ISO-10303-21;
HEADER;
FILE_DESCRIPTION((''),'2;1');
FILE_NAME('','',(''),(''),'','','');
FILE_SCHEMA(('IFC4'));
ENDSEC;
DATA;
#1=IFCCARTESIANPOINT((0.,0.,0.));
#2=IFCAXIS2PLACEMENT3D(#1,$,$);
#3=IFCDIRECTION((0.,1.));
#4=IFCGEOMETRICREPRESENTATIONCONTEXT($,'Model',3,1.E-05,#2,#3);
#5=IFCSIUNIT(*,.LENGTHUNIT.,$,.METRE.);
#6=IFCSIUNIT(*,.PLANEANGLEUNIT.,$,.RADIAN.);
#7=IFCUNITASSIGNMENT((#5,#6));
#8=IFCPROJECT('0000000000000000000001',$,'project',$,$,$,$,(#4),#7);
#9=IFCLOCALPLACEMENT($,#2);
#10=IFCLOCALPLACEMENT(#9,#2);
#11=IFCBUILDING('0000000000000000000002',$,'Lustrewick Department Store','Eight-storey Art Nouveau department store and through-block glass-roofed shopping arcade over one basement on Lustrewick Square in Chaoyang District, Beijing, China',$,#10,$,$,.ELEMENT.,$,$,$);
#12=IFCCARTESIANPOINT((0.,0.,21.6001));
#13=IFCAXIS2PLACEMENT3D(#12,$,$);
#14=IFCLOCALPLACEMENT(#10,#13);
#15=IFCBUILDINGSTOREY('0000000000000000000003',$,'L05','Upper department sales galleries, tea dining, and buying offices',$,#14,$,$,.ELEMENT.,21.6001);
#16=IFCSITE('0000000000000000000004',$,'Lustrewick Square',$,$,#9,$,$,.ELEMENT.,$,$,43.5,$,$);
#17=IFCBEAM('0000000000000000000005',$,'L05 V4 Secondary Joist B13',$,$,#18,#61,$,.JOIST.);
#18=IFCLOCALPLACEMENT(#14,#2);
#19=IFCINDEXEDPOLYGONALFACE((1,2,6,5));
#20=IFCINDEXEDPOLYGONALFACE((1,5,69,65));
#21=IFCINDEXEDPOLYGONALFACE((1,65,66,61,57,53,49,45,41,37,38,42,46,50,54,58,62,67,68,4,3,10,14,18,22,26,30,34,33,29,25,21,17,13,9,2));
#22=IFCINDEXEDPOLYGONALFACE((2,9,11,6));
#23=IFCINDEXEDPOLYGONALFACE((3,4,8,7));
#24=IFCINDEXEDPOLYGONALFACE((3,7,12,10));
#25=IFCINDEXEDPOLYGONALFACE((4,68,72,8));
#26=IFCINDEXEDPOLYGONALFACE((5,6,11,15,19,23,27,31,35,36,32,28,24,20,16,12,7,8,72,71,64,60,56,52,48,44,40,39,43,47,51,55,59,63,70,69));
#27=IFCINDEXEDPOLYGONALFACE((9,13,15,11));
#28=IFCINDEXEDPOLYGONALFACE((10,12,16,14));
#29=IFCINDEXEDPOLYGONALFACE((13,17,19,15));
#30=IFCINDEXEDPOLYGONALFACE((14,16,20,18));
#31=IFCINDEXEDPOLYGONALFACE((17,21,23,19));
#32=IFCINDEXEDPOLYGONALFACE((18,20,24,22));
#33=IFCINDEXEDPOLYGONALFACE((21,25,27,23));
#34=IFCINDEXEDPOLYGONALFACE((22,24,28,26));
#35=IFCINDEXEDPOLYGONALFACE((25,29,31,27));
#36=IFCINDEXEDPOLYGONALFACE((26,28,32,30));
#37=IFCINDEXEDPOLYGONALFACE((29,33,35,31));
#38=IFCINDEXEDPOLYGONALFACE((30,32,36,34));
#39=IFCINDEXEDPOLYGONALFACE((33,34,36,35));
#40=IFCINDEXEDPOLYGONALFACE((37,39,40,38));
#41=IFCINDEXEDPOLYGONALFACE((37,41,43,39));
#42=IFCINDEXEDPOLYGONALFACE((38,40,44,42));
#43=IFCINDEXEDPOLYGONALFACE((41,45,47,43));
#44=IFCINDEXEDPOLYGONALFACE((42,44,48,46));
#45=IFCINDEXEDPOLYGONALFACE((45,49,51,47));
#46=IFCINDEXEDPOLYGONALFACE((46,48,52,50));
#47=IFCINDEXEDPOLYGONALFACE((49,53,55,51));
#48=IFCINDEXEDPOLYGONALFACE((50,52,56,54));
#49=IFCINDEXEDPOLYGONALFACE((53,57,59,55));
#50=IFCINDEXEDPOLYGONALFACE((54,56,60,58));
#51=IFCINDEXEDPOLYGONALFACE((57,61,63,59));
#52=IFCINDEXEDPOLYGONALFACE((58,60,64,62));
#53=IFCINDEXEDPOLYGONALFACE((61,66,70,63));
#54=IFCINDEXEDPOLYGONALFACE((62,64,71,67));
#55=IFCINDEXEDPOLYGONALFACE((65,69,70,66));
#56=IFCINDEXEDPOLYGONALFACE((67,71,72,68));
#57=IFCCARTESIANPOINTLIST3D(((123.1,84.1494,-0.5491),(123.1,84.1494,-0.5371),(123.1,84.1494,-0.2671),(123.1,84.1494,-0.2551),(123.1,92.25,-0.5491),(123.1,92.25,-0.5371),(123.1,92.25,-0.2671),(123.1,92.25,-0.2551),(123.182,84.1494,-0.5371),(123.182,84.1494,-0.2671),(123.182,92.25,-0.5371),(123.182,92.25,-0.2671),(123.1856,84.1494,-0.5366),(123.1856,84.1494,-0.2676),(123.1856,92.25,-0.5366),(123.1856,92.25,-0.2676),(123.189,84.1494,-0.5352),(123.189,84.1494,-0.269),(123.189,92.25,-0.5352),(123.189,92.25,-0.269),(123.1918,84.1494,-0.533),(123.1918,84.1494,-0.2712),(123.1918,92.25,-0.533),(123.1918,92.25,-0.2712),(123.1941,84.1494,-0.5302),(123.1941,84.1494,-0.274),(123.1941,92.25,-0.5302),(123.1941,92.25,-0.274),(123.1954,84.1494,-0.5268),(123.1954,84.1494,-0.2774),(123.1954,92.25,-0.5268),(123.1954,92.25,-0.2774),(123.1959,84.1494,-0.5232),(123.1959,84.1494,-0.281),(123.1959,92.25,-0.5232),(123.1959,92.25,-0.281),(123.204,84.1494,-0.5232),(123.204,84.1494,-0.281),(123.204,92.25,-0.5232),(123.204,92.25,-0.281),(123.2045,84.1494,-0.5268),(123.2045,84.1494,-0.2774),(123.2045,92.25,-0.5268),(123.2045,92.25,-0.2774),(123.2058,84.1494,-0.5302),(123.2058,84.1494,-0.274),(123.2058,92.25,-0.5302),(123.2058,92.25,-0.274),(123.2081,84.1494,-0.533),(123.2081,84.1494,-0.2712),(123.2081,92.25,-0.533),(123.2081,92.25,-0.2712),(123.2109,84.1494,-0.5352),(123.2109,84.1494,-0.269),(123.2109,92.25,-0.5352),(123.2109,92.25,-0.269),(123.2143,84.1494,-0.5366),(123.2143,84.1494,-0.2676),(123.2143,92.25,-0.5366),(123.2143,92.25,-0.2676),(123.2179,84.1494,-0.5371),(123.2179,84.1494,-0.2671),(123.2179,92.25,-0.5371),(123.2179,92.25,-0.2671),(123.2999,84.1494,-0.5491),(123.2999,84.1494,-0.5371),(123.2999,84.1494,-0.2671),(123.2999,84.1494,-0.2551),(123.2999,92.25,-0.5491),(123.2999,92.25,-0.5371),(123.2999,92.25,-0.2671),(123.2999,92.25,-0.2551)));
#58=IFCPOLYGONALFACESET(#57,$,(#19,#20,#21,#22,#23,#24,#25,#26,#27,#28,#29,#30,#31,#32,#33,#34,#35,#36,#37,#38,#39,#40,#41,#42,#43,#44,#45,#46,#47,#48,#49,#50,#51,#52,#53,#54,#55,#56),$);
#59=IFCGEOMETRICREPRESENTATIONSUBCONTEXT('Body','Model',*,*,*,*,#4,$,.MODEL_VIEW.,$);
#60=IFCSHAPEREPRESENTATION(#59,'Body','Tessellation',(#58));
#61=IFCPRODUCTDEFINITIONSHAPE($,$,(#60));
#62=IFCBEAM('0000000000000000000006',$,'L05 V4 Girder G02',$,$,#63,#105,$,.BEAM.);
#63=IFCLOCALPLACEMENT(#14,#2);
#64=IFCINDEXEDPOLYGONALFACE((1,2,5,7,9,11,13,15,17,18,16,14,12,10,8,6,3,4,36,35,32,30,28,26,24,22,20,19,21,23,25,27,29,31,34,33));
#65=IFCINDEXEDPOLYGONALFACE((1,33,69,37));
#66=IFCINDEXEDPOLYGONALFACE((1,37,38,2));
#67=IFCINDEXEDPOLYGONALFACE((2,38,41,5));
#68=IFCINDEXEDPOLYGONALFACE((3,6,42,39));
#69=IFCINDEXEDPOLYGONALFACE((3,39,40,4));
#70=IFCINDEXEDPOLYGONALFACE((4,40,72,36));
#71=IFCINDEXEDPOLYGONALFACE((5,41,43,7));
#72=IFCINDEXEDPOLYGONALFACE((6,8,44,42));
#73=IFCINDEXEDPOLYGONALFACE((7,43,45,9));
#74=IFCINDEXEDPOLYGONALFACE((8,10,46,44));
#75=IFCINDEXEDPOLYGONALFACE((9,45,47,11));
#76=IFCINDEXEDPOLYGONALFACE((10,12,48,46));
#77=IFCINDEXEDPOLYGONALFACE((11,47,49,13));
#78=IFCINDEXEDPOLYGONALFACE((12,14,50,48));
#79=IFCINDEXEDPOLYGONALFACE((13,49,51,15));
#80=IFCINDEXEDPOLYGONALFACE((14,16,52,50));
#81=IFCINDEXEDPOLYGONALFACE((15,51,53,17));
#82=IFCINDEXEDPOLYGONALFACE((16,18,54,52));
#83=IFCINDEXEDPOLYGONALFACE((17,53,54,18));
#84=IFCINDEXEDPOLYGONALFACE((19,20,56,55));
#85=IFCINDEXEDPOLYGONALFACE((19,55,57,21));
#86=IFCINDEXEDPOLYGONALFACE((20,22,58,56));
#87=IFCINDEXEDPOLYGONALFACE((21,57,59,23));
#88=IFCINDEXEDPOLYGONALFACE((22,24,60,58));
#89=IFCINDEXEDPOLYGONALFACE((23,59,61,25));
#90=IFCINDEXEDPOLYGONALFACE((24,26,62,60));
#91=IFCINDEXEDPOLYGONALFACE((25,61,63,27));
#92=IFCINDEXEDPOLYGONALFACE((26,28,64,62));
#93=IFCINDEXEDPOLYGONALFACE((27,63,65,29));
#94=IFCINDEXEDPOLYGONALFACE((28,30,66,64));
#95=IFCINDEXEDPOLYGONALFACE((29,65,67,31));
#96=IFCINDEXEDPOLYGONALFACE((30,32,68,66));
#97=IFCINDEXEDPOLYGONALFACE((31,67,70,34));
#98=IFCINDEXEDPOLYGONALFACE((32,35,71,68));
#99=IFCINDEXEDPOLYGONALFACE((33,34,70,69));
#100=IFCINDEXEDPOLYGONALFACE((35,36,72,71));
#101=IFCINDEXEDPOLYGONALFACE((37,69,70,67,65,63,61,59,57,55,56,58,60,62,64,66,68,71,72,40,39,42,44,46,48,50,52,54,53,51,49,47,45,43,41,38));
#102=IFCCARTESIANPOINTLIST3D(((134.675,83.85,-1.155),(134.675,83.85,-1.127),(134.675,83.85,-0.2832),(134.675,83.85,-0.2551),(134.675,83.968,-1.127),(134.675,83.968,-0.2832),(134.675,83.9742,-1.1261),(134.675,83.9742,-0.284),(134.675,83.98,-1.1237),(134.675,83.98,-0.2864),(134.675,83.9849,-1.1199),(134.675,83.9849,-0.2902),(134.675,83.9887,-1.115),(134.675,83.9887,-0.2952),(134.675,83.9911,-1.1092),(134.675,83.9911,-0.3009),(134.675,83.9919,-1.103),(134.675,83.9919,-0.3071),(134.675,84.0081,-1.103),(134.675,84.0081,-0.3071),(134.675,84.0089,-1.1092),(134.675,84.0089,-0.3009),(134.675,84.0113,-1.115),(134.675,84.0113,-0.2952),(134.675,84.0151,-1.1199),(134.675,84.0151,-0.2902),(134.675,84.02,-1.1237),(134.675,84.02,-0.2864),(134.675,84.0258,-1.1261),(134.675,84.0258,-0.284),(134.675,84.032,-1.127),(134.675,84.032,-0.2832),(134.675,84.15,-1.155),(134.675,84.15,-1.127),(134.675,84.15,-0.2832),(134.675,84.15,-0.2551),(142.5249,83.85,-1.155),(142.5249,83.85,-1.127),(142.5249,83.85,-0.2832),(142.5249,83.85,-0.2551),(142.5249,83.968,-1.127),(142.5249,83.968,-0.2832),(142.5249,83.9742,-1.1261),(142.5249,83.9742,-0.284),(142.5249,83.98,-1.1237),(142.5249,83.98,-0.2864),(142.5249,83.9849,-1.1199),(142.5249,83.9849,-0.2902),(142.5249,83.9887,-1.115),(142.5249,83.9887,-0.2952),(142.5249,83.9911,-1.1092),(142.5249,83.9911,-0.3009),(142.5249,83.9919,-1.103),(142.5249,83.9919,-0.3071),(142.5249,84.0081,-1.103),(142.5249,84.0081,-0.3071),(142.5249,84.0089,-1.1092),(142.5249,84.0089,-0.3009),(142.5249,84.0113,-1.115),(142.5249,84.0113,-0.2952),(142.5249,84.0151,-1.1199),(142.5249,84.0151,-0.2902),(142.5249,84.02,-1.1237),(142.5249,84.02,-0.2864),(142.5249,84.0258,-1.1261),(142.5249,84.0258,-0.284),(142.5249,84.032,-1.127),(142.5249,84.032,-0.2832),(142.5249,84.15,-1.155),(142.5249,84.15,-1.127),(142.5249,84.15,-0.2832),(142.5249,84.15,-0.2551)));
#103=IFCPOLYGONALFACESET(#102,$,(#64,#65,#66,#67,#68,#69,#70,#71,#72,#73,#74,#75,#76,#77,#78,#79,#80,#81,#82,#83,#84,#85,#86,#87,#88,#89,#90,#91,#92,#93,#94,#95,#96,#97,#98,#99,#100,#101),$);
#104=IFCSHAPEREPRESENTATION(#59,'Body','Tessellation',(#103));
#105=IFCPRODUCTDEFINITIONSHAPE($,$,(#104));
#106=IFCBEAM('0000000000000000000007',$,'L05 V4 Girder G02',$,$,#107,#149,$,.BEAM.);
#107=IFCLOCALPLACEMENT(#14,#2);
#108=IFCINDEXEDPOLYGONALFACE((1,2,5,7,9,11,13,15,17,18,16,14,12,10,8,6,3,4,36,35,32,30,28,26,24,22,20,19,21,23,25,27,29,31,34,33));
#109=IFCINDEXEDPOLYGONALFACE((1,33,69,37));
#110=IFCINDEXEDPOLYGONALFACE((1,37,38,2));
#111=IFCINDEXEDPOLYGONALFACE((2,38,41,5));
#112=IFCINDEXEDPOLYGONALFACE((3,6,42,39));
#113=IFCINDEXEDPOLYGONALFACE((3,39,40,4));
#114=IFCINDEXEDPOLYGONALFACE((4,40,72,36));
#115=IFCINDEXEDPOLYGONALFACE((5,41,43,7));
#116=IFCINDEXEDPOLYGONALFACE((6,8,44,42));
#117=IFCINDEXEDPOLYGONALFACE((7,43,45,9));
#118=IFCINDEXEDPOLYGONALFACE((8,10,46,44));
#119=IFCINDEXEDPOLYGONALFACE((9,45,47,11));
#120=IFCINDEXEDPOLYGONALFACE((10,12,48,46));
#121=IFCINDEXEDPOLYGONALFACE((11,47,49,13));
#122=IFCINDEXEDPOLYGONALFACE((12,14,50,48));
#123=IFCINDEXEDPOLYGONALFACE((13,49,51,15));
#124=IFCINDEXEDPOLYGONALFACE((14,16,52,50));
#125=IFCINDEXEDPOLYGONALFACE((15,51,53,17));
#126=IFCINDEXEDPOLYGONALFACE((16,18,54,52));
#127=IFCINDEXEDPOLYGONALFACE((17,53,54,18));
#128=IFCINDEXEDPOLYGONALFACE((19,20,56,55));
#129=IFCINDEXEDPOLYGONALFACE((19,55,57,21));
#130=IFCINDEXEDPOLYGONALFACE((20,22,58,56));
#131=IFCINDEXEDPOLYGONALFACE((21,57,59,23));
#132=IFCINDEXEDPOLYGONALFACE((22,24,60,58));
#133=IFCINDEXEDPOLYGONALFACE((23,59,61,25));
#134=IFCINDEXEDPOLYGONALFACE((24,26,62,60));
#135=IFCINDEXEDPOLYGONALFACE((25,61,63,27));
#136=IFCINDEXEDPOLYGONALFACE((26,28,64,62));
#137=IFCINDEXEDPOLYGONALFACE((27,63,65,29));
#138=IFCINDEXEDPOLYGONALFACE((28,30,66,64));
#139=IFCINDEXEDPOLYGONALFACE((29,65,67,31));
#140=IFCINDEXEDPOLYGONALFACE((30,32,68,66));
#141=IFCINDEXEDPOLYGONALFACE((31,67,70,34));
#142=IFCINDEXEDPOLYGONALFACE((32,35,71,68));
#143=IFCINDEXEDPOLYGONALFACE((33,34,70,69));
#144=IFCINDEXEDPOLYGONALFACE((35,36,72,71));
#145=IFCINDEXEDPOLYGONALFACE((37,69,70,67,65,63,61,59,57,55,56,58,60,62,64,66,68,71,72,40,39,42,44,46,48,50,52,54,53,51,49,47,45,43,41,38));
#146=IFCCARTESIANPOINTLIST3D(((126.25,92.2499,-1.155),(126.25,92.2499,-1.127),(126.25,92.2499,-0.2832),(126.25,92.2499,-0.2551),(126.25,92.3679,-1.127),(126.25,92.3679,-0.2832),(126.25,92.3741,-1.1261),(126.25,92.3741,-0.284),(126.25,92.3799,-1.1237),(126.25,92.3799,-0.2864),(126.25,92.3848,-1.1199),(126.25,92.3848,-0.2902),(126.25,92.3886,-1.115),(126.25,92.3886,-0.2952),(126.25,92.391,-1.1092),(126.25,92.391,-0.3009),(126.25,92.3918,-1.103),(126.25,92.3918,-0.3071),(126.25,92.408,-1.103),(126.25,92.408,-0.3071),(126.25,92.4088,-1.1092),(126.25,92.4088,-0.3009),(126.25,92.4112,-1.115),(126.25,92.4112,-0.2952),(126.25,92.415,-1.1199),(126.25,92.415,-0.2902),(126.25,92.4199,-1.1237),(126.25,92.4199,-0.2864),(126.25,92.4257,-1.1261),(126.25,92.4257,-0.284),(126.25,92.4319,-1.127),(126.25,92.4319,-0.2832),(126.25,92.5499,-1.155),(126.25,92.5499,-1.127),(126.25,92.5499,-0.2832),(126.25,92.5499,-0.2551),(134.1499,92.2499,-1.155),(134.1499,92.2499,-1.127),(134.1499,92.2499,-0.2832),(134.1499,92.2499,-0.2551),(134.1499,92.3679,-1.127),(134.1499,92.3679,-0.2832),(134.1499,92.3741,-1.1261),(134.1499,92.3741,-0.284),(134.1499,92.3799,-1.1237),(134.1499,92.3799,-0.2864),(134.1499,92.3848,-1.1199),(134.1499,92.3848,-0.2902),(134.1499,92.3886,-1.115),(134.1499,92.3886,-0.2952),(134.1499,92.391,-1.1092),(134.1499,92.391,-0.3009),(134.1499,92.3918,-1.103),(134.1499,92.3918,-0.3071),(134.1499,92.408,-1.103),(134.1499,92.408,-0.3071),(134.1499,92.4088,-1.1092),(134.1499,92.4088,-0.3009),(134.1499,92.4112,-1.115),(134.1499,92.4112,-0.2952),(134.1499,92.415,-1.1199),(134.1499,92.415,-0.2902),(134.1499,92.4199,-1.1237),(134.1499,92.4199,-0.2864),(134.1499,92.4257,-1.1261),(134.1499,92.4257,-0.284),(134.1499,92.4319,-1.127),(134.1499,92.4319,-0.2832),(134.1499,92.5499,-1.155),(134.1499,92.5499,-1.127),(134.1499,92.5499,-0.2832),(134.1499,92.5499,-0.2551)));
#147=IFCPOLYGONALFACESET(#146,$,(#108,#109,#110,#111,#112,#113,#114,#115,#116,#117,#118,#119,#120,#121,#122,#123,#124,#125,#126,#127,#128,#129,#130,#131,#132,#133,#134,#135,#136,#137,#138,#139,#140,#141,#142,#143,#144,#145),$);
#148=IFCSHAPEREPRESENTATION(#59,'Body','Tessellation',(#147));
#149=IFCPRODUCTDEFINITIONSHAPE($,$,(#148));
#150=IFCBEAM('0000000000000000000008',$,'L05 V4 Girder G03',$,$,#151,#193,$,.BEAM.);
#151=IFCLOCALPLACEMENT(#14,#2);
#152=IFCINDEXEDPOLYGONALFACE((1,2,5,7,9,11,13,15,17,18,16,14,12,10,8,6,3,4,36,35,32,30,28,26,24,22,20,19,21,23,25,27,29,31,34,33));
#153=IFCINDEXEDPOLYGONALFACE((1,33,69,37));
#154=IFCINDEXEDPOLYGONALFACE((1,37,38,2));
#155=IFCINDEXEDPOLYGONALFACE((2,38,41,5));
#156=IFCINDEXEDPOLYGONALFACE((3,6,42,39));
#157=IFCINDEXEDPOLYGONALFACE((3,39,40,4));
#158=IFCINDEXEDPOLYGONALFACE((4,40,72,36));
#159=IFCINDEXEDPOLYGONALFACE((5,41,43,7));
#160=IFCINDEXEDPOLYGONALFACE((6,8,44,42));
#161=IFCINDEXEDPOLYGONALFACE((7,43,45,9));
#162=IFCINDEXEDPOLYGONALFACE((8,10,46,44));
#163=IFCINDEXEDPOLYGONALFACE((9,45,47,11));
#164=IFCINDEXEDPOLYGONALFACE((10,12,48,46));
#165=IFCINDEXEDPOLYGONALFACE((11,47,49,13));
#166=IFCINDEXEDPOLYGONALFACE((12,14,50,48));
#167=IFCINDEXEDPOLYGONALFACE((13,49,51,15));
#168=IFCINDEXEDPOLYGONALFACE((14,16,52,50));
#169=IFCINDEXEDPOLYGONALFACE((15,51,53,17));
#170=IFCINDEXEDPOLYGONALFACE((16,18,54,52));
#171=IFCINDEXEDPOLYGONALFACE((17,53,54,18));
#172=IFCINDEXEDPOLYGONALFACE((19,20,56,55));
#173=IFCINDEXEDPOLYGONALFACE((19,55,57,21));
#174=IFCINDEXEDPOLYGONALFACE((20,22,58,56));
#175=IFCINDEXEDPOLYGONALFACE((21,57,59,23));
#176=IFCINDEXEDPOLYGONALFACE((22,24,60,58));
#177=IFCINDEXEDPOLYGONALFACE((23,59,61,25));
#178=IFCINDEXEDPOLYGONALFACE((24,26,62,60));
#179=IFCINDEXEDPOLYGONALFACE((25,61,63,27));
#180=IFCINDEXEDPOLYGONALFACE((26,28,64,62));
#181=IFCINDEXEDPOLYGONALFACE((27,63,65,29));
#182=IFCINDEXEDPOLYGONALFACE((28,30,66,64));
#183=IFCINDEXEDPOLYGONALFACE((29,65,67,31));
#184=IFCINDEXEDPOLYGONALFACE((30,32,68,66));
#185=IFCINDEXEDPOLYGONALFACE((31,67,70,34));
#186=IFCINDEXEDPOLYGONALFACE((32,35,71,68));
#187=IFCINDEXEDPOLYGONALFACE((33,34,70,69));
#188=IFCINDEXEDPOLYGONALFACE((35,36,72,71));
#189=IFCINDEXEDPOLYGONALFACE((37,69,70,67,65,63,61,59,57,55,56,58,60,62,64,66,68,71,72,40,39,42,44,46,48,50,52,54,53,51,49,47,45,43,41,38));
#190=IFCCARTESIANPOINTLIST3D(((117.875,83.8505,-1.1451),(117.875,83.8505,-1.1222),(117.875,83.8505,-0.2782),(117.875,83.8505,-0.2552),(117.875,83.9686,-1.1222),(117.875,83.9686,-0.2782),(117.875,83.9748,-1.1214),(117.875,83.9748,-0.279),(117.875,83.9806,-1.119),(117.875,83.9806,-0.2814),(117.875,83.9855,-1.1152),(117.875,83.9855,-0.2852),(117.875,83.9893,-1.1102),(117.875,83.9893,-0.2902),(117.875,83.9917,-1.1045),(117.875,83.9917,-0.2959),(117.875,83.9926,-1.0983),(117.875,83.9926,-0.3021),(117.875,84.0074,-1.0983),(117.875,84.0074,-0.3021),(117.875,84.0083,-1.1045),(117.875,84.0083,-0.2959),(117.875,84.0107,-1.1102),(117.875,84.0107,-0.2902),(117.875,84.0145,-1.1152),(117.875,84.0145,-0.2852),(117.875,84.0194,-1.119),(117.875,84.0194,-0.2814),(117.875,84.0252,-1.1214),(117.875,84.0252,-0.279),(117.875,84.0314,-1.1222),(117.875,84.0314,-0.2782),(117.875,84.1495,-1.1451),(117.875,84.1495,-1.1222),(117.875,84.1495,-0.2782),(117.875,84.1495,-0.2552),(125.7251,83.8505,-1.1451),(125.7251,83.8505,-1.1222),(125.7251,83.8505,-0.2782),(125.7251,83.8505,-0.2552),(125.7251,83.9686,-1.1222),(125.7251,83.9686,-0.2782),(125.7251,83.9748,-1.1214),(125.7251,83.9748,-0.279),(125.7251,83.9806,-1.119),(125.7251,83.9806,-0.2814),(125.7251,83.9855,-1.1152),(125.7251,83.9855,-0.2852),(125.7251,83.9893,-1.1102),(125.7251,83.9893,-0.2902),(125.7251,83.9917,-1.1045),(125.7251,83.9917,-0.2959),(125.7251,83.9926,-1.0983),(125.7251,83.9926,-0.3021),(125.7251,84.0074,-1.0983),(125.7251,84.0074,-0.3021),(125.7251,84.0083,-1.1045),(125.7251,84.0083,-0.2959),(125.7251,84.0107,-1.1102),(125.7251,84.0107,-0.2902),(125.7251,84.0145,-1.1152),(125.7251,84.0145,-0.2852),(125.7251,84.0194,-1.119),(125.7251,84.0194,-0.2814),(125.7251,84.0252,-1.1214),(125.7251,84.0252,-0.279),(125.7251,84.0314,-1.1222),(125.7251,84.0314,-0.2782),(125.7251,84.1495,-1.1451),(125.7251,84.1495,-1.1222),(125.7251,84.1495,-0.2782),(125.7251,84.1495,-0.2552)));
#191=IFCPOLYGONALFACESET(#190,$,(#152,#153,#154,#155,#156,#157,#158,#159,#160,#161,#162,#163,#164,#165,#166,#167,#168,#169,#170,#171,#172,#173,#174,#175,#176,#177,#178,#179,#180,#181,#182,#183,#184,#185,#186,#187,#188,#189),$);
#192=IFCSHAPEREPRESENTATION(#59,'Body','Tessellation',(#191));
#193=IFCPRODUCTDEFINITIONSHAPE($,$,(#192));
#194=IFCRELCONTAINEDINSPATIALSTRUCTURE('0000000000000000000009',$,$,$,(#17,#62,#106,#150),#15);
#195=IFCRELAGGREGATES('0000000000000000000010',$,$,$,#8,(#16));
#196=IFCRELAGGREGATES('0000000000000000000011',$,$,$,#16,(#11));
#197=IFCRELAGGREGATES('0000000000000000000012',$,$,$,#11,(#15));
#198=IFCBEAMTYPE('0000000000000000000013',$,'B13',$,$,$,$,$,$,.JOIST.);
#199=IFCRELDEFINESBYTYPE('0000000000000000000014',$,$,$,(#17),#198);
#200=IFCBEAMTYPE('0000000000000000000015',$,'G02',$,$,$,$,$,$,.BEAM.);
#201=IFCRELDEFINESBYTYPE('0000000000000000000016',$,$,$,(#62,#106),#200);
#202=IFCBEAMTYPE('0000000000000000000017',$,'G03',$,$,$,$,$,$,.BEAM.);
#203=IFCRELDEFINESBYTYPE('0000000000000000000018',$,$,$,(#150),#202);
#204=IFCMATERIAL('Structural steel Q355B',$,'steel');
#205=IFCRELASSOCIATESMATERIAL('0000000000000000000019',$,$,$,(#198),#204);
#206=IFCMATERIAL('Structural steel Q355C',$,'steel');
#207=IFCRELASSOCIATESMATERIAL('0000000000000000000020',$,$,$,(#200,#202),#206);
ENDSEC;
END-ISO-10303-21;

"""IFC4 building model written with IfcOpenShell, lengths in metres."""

from ifc_helpers import new_model, si_unit, direction, frame, origin, origin_2d, place, context, subcontext, project, spatial, i_section, extrude, material, material_profile, profile_set, type_object, element, save


model = new_model("IFC4")

# Units and contexts
model_context = context("Model", 3, precision=1e-05, world=origin(), true_north=direction((0.0, 1.0)))
body_context = subcontext(model_context, "Body", "Model", "MODEL_VIEW")
ifc_project = project(units=[si_unit("LENGTHUNIT", "METRE"), si_unit("PLANEANGLEUNIT", "RADIAN")], contexts=[model_context])

# Site, building, storey
site_placement = place(None, origin())
site = spatial("IfcSite", under=ifc_project, at=site_placement, Name="Lustrewick Square", CompositionType="ELEMENT", RefElevation=43.5)
building_placement = place(site_placement, origin())
building = spatial("IfcBuilding", under=site, at=building_placement, Name="Lustrewick Department Store", Description="Eight-storey Art Nouveau department store and through-block glass-roofed shopping arcade over one basement on Lustrewick Square in Chaoyang District, Beijing, China", CompositionType="ELEMENT")
storey_placement = place(building_placement, frame((0.0, 0.0, 21.6001)))
storey = spatial("IfcBuildingStorey", under=building, at=storey_placement, Name="L05", Description="Upper department sales galleries, tea dining, and buying offices", CompositionType="ELEMENT", Elevation=21.6001)

# Shared definitions
ifc_material_1 = material(Name="Structural steel Q355B", Category="steel")

# Beams
ifc_material_profile_1 = material_profile(ifc_material_1, i_section(OverallWidth=0.2, OverallDepth=0.2939, WebThickness=0.0081, FlangeThickness=0.012, FilletRadius=0.0139, at=origin_2d()), Name="HM 294x200x8x12")
ifc_profile_set_1 = profile_set([ifc_material_profile_1], Name="Structural steel Q355B")
beam_type_1 = type_object("IfcBeamType", Name="B13", PredefinedType="JOIST", material=ifc_profile_set_1)
beam_1_placement = place(storey_placement, frame((123.2, 84.1494, -0.4021), z_axis=(0.0, 1.0, 0.0), x_axis=(-1.0, 0.0, 0.0)))
element("IfcBeam", 1, at=beam_1_placement, inside=storey, type_object=beam_type_1, Name="L05 V4 Secondary Joist B13", PredefinedType="JOIST", context=body_context, shape_type="SweptSolid", body=[
    extrude(i_section(OverallWidth=0.2, OverallDepth=0.2939, WebThickness=0.0081, FlangeThickness=0.012, FilletRadius=0.0139, at=origin_2d()), origin(), (0.0, 0.0, 1.0), 8.1006),
])
ifc_material_2 = material(Name="Structural steel Q355C", Category="steel")
ifc_material_profile_2 = material_profile(ifc_material_2, i_section(OverallWidth=0.3, OverallDepth=0.8999, WebThickness=0.0161, FlangeThickness=0.0281, FilletRadius=0.0239, at=origin_2d()), Name="HN 900x300x16x28")
ifc_profile_set_2 = profile_set([ifc_material_profile_2], Name="Structural steel Q355C")
beam_type_2 = type_object("IfcBeamType", Name="G02", PredefinedType="BEAM", material=ifc_profile_set_2)
beam_2_placement = place(storey_placement, frame((134.675, 84.0, -0.7051), z_axis=(1.0, 0.0, 0.0), x_axis=(0.0, 1.0, 0.0)))
element("IfcBeam", 2, at=beam_2_placement, inside=storey, type_object=beam_type_2, Name="L05 V4 Girder G02", PredefinedType="BEAM", context=body_context, shape_type="SweptSolid", body=[
    extrude(i_section(OverallWidth=0.3, OverallDepth=0.8999, WebThickness=0.0161, FlangeThickness=0.0281, FilletRadius=0.0239, at=origin_2d()), origin(), (0.0, 0.0, 1.0), 7.8499),
])
beam_3_placement = place(storey_placement, frame((126.25, 92.3999, -0.7051), z_axis=(1.0, 0.0, 0.0), x_axis=(0.0, 1.0, 0.0)))
element("IfcBeam", 3, at=beam_3_placement, inside=storey, type_object=beam_type_2, Name="L05 V4 Girder G02", PredefinedType="BEAM", context=body_context, shape_type="SweptSolid", body=[
    extrude(i_section(OverallWidth=0.3, OverallDepth=0.8999, WebThickness=0.0161, FlangeThickness=0.0281, FilletRadius=0.0239, at=origin_2d()), origin(), (0.0, 0.0, 1.0), 7.8999),
])
ifc_material_profile_3 = material_profile(ifc_material_2, i_section(OverallWidth=0.2991, OverallDepth=0.8899, WebThickness=0.0149, FlangeThickness=0.0229, FilletRadius=0.0239, at=origin_2d()), Name="HN 890x299x15x23")
ifc_profile_set_3 = profile_set([ifc_material_profile_3], Name="Structural steel Q355C")
beam_type_3 = type_object("IfcBeamType", Name="G03", PredefinedType="BEAM", material=ifc_profile_set_3)
beam_4_placement = place(storey_placement, frame((117.875, 84.0, -0.7002), z_axis=(1.0, 0.0, 0.0), x_axis=(0.0, 1.0, 0.0)))
element("IfcBeam", 4, at=beam_4_placement, inside=storey, type_object=beam_type_3, Name="L05 V4 Girder G03", PredefinedType="BEAM", context=body_context, shape_type="SweptSolid", body=[
    extrude(i_section(OverallWidth=0.2991, OverallDepth=0.8899, WebThickness=0.0149, FlangeThickness=0.0229, FilletRadius=0.0239, at=origin_2d()), origin(), (0.0, 0.0, 1.0), 7.8501),
])

save(model, "model.ifc")
